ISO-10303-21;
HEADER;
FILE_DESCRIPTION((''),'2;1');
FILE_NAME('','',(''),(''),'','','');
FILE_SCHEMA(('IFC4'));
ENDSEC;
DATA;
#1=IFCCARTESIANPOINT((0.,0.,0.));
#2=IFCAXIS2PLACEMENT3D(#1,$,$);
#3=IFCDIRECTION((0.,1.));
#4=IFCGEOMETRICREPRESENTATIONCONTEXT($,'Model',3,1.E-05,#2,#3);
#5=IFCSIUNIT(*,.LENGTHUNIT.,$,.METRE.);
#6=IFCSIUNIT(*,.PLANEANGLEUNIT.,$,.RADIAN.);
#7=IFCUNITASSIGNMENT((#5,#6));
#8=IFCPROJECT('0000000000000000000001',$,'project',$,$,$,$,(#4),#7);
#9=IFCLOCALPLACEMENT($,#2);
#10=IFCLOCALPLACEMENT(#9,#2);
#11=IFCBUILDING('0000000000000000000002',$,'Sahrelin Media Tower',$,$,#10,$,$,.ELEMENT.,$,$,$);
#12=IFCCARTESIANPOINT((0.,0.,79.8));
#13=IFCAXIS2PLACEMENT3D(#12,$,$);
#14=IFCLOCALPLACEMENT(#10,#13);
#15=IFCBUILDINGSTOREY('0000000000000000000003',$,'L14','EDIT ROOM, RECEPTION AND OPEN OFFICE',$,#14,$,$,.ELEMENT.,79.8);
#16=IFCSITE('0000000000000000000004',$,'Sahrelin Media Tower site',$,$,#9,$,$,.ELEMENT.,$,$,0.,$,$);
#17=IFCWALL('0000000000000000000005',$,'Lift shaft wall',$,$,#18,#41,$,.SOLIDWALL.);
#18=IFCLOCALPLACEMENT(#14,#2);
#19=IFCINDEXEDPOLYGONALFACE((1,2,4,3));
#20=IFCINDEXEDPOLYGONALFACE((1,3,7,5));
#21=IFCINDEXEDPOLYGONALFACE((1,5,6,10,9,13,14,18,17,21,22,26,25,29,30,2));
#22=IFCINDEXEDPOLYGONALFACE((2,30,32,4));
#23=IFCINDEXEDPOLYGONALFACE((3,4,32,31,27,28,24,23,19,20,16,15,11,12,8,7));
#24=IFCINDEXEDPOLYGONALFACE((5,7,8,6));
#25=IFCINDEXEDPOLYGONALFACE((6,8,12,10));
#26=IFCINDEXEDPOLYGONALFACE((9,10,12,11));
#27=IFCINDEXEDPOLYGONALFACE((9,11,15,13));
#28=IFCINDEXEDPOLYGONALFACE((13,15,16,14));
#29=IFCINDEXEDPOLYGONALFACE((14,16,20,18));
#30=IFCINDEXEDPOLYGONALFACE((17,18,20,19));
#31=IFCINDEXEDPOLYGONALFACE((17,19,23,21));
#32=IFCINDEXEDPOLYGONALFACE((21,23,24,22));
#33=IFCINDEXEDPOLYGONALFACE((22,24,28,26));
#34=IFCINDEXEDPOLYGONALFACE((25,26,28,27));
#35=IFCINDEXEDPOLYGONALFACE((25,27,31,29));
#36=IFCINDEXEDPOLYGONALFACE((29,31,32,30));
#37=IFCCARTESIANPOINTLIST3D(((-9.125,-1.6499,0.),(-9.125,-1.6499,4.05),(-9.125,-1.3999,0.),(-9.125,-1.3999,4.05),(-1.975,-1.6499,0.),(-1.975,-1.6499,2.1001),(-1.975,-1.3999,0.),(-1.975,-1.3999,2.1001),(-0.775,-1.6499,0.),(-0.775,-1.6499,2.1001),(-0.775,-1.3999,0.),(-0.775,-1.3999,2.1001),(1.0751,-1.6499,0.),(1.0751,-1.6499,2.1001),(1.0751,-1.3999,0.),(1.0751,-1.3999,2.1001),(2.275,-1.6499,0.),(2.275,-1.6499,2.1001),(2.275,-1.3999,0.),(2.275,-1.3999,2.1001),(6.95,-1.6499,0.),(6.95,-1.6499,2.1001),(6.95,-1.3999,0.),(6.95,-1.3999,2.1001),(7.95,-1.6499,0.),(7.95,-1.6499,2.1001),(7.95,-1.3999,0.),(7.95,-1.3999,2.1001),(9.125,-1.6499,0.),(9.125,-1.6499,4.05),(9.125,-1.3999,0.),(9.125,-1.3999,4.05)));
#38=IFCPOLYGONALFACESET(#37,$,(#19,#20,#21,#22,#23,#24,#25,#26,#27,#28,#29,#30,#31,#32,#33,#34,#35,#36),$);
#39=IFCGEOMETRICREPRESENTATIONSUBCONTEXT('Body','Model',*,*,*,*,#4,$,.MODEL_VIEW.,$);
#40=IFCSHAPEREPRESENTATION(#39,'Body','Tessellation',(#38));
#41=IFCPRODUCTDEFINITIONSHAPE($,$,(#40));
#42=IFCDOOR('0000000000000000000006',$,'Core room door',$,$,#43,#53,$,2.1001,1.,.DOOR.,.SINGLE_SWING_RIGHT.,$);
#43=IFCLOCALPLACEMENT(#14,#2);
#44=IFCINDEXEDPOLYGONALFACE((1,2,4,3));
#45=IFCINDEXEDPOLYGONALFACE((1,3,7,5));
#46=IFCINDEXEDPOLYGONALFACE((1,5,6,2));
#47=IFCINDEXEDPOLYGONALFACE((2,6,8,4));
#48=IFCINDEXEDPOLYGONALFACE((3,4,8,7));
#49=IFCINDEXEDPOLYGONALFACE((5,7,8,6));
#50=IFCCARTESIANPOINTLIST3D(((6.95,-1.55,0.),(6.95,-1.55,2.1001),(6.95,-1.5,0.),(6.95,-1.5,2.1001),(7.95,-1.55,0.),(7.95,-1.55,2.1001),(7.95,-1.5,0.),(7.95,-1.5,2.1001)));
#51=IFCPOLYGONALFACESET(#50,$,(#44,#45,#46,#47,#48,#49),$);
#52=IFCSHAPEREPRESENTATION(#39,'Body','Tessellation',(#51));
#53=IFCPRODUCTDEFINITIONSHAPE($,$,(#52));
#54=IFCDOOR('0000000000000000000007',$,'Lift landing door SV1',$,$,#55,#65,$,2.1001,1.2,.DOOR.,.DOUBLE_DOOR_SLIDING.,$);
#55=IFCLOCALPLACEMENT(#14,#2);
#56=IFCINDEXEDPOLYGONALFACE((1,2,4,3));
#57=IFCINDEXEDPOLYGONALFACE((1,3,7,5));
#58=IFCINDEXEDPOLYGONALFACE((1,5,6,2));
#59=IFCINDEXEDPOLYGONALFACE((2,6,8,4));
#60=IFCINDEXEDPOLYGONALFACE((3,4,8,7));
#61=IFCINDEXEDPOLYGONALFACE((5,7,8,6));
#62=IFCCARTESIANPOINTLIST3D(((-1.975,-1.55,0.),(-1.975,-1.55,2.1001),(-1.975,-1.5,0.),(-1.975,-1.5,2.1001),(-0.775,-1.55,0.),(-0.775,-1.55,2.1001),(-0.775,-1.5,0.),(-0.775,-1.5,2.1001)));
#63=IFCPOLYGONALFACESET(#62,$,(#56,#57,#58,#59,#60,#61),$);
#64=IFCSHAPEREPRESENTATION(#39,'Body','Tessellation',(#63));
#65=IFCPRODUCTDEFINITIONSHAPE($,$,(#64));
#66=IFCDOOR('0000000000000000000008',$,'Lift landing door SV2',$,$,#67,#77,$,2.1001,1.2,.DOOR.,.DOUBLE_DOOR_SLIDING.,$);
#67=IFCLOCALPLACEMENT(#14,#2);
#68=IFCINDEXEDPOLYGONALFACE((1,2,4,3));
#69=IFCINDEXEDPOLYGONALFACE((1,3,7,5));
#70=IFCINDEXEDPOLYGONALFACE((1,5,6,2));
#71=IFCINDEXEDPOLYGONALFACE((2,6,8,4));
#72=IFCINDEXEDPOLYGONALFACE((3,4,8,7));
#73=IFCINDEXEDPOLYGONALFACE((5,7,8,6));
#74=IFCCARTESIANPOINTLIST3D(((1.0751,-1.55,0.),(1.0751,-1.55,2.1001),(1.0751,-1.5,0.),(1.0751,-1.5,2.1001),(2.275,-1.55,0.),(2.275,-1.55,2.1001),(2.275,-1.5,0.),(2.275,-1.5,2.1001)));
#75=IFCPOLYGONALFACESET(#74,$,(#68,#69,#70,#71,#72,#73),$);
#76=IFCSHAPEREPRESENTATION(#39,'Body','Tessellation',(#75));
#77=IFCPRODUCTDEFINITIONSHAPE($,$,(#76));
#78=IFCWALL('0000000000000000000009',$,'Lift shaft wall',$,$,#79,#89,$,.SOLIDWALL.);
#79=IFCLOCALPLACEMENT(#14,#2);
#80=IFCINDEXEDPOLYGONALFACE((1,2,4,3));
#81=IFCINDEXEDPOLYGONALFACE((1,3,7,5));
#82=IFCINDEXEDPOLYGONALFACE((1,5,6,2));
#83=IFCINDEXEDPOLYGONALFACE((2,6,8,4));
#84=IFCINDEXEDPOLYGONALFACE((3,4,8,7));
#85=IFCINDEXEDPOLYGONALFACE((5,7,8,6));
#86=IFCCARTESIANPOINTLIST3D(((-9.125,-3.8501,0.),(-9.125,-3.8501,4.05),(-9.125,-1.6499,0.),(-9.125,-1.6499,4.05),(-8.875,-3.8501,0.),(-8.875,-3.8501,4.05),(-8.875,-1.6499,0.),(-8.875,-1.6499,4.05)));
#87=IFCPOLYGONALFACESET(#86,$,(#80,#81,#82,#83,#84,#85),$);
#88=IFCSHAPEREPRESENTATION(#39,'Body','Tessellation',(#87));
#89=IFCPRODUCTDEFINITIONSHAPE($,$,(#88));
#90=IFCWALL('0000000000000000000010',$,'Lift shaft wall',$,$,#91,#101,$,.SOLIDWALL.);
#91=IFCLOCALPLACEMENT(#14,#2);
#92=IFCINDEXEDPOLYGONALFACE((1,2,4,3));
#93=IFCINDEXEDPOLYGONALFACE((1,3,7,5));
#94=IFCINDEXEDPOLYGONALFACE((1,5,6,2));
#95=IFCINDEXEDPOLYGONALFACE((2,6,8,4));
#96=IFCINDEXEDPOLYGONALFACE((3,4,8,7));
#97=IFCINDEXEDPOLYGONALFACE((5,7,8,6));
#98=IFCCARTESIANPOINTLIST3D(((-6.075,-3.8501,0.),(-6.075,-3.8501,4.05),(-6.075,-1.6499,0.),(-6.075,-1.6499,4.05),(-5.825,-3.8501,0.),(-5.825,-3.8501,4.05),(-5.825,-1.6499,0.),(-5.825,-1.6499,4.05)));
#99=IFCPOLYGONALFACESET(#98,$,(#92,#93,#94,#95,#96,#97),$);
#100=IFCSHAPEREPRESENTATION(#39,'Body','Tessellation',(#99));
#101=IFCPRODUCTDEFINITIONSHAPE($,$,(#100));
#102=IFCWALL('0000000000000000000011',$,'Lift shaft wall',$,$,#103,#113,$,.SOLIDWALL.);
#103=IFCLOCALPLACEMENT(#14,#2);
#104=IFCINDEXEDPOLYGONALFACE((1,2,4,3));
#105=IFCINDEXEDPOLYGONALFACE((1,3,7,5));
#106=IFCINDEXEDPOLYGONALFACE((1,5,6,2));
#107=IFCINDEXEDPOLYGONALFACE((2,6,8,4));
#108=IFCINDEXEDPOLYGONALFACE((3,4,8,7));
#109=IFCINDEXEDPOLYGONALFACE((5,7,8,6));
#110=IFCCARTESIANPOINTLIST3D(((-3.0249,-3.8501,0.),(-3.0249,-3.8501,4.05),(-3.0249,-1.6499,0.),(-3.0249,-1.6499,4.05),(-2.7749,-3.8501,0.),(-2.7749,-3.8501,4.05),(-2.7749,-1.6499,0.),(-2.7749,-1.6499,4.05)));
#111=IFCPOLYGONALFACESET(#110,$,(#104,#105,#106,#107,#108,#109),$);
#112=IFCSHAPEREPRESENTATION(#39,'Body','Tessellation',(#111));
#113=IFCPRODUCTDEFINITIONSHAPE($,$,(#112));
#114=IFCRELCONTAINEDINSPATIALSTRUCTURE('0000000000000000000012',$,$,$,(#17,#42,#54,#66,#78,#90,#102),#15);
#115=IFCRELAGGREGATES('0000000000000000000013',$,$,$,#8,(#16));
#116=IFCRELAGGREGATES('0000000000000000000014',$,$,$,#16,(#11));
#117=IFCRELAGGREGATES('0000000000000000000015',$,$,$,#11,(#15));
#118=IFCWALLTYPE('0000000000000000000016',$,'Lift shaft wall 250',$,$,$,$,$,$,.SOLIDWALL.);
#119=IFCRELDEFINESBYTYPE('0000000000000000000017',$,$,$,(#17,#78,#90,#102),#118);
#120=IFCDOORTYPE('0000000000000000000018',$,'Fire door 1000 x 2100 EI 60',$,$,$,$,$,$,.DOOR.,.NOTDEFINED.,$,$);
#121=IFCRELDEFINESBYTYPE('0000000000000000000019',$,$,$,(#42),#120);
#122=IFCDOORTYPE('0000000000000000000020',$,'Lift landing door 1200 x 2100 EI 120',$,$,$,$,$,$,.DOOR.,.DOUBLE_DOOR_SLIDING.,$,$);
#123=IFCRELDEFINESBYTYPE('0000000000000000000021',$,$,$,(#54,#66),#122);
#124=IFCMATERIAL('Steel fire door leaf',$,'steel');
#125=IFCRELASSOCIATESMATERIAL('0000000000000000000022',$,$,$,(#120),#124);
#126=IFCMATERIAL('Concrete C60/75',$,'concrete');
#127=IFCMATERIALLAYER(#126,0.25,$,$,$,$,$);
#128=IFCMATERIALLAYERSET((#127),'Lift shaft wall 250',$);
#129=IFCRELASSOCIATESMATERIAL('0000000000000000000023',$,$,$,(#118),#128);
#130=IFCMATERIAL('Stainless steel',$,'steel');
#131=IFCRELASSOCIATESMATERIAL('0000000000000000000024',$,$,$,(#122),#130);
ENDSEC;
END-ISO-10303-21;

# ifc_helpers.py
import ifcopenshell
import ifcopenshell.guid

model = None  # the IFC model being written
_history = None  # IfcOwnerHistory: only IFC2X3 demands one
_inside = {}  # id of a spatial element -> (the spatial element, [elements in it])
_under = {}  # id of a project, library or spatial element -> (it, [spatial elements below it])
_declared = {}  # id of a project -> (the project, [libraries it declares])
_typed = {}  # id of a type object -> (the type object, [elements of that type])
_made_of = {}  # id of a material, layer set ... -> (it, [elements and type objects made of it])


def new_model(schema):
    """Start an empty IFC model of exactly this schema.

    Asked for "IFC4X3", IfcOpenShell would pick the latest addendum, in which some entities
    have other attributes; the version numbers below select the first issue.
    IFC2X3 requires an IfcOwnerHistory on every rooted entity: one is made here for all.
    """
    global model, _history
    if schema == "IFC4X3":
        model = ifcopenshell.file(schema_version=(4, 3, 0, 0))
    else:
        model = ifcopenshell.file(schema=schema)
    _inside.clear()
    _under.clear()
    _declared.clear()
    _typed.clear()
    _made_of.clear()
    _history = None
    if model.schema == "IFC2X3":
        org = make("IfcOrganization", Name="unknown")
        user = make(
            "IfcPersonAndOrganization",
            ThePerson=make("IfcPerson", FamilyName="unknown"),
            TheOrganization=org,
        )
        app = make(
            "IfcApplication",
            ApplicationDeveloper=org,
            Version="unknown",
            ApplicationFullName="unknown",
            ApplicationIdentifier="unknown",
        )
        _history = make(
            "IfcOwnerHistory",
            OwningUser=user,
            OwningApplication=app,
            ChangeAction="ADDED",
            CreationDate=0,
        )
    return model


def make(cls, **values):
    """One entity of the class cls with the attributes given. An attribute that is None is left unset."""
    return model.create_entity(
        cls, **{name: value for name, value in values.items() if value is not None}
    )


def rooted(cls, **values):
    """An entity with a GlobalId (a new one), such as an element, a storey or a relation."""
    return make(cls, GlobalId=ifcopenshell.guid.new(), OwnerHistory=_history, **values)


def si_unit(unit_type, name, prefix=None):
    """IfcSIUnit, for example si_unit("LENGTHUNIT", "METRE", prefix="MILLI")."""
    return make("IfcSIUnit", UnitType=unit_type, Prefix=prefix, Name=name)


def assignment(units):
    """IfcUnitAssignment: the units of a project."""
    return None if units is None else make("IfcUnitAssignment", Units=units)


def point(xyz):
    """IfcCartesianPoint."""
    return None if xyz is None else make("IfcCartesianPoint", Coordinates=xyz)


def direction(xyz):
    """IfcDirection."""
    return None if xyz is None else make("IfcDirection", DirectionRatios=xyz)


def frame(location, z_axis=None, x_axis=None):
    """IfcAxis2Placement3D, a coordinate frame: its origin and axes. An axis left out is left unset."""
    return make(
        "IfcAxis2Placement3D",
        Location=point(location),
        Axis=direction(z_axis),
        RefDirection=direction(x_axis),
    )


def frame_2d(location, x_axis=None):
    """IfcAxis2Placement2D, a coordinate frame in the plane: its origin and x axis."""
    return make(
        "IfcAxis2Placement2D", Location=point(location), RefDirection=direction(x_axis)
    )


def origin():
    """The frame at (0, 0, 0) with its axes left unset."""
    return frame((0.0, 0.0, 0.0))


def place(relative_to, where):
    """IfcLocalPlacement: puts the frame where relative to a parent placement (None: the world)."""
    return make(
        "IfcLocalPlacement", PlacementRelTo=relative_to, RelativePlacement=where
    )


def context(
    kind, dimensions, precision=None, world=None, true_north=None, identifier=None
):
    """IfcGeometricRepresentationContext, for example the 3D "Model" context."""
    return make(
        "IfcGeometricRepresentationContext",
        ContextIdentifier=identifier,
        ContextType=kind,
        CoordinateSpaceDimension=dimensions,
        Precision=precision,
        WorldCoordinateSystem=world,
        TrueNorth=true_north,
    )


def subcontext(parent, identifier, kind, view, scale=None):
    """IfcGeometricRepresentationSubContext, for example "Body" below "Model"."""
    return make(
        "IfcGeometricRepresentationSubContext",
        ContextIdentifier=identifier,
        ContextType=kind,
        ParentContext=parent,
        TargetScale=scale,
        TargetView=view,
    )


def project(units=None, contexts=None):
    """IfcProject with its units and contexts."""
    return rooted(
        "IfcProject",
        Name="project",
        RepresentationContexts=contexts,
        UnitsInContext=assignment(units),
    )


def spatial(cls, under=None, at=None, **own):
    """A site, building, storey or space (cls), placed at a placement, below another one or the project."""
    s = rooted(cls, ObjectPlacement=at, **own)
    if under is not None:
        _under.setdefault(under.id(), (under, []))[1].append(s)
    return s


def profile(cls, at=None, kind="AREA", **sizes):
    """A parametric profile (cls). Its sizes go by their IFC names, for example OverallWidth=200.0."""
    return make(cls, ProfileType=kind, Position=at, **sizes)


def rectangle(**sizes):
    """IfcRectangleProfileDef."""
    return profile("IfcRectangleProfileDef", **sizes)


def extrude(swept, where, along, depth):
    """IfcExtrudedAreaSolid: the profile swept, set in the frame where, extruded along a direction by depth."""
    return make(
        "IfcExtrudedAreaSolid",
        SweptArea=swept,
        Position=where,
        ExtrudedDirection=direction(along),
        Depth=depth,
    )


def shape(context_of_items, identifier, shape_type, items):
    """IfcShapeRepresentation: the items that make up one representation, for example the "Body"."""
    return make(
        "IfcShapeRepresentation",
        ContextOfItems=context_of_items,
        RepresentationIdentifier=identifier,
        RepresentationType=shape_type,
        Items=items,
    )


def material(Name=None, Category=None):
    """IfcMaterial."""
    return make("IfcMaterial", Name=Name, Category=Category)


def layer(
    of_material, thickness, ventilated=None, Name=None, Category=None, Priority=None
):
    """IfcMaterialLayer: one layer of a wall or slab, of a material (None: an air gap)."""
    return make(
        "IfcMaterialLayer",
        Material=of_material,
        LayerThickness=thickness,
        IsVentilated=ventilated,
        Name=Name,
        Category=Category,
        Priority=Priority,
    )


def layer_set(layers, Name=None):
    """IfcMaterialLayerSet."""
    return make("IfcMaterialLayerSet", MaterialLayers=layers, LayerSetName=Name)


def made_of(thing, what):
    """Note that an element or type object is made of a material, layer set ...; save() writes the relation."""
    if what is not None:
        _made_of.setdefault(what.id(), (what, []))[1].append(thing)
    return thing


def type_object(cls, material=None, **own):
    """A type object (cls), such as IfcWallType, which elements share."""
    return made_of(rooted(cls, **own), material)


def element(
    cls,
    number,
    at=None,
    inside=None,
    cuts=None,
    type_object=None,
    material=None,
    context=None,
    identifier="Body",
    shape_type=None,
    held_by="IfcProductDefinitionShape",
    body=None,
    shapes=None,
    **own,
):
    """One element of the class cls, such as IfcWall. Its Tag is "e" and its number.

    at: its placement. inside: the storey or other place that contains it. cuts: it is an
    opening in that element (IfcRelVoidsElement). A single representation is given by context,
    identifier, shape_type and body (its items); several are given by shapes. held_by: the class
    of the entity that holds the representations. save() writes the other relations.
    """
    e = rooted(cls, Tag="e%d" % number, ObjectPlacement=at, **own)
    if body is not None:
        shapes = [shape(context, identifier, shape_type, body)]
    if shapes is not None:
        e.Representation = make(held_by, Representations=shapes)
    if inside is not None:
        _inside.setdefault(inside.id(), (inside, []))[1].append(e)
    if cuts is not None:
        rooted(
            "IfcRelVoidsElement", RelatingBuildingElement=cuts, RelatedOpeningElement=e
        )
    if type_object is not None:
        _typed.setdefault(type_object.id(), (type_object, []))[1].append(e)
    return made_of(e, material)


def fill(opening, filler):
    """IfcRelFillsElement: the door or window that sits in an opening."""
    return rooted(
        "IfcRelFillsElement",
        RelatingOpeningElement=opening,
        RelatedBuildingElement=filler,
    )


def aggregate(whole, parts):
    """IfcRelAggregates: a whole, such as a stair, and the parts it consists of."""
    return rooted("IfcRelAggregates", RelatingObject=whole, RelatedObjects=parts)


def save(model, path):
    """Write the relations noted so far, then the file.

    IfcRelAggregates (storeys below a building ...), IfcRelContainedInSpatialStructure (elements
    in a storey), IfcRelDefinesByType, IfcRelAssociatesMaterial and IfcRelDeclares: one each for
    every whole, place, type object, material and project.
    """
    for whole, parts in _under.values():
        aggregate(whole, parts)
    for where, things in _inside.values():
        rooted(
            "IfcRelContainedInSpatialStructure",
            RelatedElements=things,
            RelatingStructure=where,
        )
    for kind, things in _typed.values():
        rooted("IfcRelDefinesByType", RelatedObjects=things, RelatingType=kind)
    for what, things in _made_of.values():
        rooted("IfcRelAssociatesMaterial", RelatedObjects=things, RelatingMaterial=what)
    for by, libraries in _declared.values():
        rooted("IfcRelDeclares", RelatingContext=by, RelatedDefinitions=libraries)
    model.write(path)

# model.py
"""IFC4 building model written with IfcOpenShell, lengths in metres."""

from ifc_helpers import new_model, si_unit, direction, frame, frame_2d, origin, place, context, subcontext, project, spatial, rectangle, extrude, material, layer, layer_set, type_object, element, fill, save


model = new_model("IFC4")

# Units and contexts
model_context = context("Model", 3, precision=1e-05, world=origin(), true_north=direction((0.0, 1.0)))
body_context = subcontext(model_context, "Body", "Model", "MODEL_VIEW")
ifc_project = project(units=[si_unit("LENGTHUNIT", "METRE"), si_unit("PLANEANGLEUNIT", "RADIAN")], contexts=[model_context])

# Site, building, storey
site_placement = place(None, origin())
site = spatial("IfcSite", under=ifc_project, at=site_placement, Name="Sahrelin Media Tower site", CompositionType="ELEMENT", RefElevation=0.0)
building_placement = place(site_placement, origin())
building = spatial("IfcBuilding", under=site, at=building_placement, Name="Sahrelin Media Tower", CompositionType="ELEMENT")
storey_placement = place(building_placement, frame((0.0, 0.0, 79.8)))
storey = spatial("IfcBuildingStorey", under=building, at=storey_placement, Name="L14", Description="EDIT ROOM, RECEPTION AND OPEN OFFICE", CompositionType="ELEMENT", Elevation=79.8)

# Shared definitions
ifc_material_1 = material(Name="Steel fire door leaf", Category="steel")
door_type_1 = type_object("IfcDoorType", Name="Fire door 1000 x 2100 EI 60", OperationType="NOTDEFINED", PredefinedType="DOOR", material=ifc_material_1)

# Wall, openings, doors
ifc_material_2 = material(Name="Concrete C60/75", Category="concrete")
ifc_layer_1 = layer(ifc_material_2, 0.25)
ifc_layer_set_1 = layer_set([ifc_layer_1], Name="Lift shaft wall 250")
wall_type_1 = type_object("IfcWallType", Name="Lift shaft wall 250", PredefinedType="SOLIDWALL", material=ifc_layer_set_1)
wall_1_placement = place(storey_placement, frame((-9.125, -1.5249, 0.0), z_axis=(0.0, 0.0, 1.0), x_axis=(1.0, 0.0, 0.0)))
wall_1 = element("IfcWall", 1, at=wall_1_placement, inside=storey, type_object=wall_type_1, Name="Lift shaft wall", PredefinedType="SOLIDWALL", context=body_context, shape_type="SweptSolid", body=[
    extrude(rectangle(XDim=18.25, YDim=0.25, at=frame_2d((9.125, 0.0))), origin(), (0.0, 0.0, 1.0), 4.05),
])
opening_1_placement = place(wall_1_placement, frame((7.1499, 0.0, 0.0)))
opening_1 = element("IfcOpeningElement", 2, at=opening_1_placement, cuts=wall_1, PredefinedType="OPENING", context=body_context, shape_type="SweptSolid", body=[
    extrude(rectangle(XDim=1.2, YDim=2.1001, at=frame_2d((0.6001, 1.05))), frame((0.0, 0.125, 0.0), z_axis=(0.0, -1.0, 0.0), x_axis=(1.0, 0.0, 0.0)), (0.0, 0.0, 1.0), 0.25),
])
opening_2_placement = place(wall_1_placement, frame((10.2, 0.0, 0.0)))
opening_2 = element("IfcOpeningElement", 3, at=opening_2_placement, cuts=wall_1, PredefinedType="OPENING", context=body_context, shape_type="SweptSolid", body=[
    extrude(rectangle(XDim=1.2, YDim=2.1001, at=frame_2d((0.6001, 1.05))), frame((0.0, 0.125, 0.0), z_axis=(0.0, -1.0, 0.0), x_axis=(1.0, 0.0, 0.0)), (0.0, 0.0, 1.0), 0.25),
])
opening_3_placement = place(wall_1_placement, frame((16.075, 0.0, 0.0)))
opening_3 = element("IfcOpeningElement", 4, at=opening_3_placement, cuts=wall_1, PredefinedType="OPENING", context=body_context, shape_type="SweptSolid", body=[
    extrude(rectangle(XDim=1.0, YDim=2.1001, at=frame_2d((0.5, 1.05))), frame((0.0, 0.125, 0.0), z_axis=(0.0, -1.0, 0.0), x_axis=(1.0, 0.0, 0.0)), (0.0, 0.0, 1.0), 0.25),
])
door_1_placement = place(opening_3_placement, origin())
door_1 = element("IfcDoor", 5, at=door_1_placement, inside=storey, type_object=door_type_1, Name="Core room door", OperationType="SINGLE_SWING_RIGHT", OverallHeight=2.1001, OverallWidth=1.0, PredefinedType="DOOR", context=body_context, shape_type="SweptSolid", body=[
    extrude(rectangle(XDim=1.0, YDim=2.1001, at=frame_2d((0.5, 1.05))), frame((0.0, 0.0249, 0.0), z_axis=(0.0, -1.0, 0.0), x_axis=(1.0, 0.0, 0.0)), (0.0, 0.0, 1.0), 0.05),
])
fill(opening_3, door_1)
ifc_material_3 = material(Name="Stainless steel", Category="steel")
door_type_2 = type_object("IfcDoorType", Name="Lift landing door 1200 x 2100 EI 120", OperationType="DOUBLE_DOOR_SLIDING", PredefinedType="DOOR", material=ifc_material_3)
door_2_placement = place(opening_1_placement, origin())
door_2 = element("IfcDoor", 6, at=door_2_placement, inside=storey, type_object=door_type_2, Name="Lift landing door SV1", OperationType="DOUBLE_DOOR_SLIDING", OverallHeight=2.1001, OverallWidth=1.2, PredefinedType="DOOR", context=body_context, shape_type="SweptSolid", body=[
    extrude(rectangle(XDim=1.2, YDim=2.1001, at=frame_2d((0.6001, 1.05))), frame((0.0, 0.0249, 0.0), z_axis=(0.0, -1.0, 0.0), x_axis=(1.0, 0.0, 0.0)), (0.0, 0.0, 1.0), 0.05),
])
fill(opening_1, door_2)
door_3_placement = place(opening_2_placement, origin())
door_3 = element("IfcDoor", 7, at=door_3_placement, inside=storey, type_object=door_type_2, Name="Lift landing door SV2", OperationType="DOUBLE_DOOR_SLIDING", OverallHeight=2.1001, OverallWidth=1.2, PredefinedType="DOOR", context=body_context, shape_type="SweptSolid", body=[
    extrude(rectangle(XDim=1.2, YDim=2.1001, at=frame_2d((0.6001, 1.05))), frame((0.0, 0.0249, 0.0), z_axis=(0.0, -1.0, 0.0), x_axis=(1.0, 0.0, 0.0)), (0.0, 0.0, 1.0), 0.05),
])
fill(opening_2, door_3)

# Walls
for number, where, z_axis, x_axis, name in (
    (8, (-9.0, -3.8501, 0.0), (0.0, 0.0, 1.0), (0.0, 1.0, 0.0), "Lift shaft wall"),
    (9, (-5.95, -3.8501, 0.0), (0.0, 0.0, 1.0), (0.0, 1.0, 0.0), "Lift shaft wall"),
    (10, (-2.8999, -3.8501, 0.0), (0.0, 0.0, 1.0), (0.0, 1.0, 0.0), "Lift shaft wall"),
):
    element("IfcWall", number, at=place(storey_placement, frame(where, z_axis=z_axis, x_axis=x_axis)), inside=storey, type_object=wall_type_1, Name=name, PredefinedType="SOLIDWALL", context=body_context, shape_type="SweptSolid", body=[
        extrude(rectangle(XDim=2.2002, YDim=0.25, at=frame_2d((1.1001, 0.0))), origin(), (0.0, 0.0, 1.0), 4.05),
    ])

save(model, "model.ifc")
